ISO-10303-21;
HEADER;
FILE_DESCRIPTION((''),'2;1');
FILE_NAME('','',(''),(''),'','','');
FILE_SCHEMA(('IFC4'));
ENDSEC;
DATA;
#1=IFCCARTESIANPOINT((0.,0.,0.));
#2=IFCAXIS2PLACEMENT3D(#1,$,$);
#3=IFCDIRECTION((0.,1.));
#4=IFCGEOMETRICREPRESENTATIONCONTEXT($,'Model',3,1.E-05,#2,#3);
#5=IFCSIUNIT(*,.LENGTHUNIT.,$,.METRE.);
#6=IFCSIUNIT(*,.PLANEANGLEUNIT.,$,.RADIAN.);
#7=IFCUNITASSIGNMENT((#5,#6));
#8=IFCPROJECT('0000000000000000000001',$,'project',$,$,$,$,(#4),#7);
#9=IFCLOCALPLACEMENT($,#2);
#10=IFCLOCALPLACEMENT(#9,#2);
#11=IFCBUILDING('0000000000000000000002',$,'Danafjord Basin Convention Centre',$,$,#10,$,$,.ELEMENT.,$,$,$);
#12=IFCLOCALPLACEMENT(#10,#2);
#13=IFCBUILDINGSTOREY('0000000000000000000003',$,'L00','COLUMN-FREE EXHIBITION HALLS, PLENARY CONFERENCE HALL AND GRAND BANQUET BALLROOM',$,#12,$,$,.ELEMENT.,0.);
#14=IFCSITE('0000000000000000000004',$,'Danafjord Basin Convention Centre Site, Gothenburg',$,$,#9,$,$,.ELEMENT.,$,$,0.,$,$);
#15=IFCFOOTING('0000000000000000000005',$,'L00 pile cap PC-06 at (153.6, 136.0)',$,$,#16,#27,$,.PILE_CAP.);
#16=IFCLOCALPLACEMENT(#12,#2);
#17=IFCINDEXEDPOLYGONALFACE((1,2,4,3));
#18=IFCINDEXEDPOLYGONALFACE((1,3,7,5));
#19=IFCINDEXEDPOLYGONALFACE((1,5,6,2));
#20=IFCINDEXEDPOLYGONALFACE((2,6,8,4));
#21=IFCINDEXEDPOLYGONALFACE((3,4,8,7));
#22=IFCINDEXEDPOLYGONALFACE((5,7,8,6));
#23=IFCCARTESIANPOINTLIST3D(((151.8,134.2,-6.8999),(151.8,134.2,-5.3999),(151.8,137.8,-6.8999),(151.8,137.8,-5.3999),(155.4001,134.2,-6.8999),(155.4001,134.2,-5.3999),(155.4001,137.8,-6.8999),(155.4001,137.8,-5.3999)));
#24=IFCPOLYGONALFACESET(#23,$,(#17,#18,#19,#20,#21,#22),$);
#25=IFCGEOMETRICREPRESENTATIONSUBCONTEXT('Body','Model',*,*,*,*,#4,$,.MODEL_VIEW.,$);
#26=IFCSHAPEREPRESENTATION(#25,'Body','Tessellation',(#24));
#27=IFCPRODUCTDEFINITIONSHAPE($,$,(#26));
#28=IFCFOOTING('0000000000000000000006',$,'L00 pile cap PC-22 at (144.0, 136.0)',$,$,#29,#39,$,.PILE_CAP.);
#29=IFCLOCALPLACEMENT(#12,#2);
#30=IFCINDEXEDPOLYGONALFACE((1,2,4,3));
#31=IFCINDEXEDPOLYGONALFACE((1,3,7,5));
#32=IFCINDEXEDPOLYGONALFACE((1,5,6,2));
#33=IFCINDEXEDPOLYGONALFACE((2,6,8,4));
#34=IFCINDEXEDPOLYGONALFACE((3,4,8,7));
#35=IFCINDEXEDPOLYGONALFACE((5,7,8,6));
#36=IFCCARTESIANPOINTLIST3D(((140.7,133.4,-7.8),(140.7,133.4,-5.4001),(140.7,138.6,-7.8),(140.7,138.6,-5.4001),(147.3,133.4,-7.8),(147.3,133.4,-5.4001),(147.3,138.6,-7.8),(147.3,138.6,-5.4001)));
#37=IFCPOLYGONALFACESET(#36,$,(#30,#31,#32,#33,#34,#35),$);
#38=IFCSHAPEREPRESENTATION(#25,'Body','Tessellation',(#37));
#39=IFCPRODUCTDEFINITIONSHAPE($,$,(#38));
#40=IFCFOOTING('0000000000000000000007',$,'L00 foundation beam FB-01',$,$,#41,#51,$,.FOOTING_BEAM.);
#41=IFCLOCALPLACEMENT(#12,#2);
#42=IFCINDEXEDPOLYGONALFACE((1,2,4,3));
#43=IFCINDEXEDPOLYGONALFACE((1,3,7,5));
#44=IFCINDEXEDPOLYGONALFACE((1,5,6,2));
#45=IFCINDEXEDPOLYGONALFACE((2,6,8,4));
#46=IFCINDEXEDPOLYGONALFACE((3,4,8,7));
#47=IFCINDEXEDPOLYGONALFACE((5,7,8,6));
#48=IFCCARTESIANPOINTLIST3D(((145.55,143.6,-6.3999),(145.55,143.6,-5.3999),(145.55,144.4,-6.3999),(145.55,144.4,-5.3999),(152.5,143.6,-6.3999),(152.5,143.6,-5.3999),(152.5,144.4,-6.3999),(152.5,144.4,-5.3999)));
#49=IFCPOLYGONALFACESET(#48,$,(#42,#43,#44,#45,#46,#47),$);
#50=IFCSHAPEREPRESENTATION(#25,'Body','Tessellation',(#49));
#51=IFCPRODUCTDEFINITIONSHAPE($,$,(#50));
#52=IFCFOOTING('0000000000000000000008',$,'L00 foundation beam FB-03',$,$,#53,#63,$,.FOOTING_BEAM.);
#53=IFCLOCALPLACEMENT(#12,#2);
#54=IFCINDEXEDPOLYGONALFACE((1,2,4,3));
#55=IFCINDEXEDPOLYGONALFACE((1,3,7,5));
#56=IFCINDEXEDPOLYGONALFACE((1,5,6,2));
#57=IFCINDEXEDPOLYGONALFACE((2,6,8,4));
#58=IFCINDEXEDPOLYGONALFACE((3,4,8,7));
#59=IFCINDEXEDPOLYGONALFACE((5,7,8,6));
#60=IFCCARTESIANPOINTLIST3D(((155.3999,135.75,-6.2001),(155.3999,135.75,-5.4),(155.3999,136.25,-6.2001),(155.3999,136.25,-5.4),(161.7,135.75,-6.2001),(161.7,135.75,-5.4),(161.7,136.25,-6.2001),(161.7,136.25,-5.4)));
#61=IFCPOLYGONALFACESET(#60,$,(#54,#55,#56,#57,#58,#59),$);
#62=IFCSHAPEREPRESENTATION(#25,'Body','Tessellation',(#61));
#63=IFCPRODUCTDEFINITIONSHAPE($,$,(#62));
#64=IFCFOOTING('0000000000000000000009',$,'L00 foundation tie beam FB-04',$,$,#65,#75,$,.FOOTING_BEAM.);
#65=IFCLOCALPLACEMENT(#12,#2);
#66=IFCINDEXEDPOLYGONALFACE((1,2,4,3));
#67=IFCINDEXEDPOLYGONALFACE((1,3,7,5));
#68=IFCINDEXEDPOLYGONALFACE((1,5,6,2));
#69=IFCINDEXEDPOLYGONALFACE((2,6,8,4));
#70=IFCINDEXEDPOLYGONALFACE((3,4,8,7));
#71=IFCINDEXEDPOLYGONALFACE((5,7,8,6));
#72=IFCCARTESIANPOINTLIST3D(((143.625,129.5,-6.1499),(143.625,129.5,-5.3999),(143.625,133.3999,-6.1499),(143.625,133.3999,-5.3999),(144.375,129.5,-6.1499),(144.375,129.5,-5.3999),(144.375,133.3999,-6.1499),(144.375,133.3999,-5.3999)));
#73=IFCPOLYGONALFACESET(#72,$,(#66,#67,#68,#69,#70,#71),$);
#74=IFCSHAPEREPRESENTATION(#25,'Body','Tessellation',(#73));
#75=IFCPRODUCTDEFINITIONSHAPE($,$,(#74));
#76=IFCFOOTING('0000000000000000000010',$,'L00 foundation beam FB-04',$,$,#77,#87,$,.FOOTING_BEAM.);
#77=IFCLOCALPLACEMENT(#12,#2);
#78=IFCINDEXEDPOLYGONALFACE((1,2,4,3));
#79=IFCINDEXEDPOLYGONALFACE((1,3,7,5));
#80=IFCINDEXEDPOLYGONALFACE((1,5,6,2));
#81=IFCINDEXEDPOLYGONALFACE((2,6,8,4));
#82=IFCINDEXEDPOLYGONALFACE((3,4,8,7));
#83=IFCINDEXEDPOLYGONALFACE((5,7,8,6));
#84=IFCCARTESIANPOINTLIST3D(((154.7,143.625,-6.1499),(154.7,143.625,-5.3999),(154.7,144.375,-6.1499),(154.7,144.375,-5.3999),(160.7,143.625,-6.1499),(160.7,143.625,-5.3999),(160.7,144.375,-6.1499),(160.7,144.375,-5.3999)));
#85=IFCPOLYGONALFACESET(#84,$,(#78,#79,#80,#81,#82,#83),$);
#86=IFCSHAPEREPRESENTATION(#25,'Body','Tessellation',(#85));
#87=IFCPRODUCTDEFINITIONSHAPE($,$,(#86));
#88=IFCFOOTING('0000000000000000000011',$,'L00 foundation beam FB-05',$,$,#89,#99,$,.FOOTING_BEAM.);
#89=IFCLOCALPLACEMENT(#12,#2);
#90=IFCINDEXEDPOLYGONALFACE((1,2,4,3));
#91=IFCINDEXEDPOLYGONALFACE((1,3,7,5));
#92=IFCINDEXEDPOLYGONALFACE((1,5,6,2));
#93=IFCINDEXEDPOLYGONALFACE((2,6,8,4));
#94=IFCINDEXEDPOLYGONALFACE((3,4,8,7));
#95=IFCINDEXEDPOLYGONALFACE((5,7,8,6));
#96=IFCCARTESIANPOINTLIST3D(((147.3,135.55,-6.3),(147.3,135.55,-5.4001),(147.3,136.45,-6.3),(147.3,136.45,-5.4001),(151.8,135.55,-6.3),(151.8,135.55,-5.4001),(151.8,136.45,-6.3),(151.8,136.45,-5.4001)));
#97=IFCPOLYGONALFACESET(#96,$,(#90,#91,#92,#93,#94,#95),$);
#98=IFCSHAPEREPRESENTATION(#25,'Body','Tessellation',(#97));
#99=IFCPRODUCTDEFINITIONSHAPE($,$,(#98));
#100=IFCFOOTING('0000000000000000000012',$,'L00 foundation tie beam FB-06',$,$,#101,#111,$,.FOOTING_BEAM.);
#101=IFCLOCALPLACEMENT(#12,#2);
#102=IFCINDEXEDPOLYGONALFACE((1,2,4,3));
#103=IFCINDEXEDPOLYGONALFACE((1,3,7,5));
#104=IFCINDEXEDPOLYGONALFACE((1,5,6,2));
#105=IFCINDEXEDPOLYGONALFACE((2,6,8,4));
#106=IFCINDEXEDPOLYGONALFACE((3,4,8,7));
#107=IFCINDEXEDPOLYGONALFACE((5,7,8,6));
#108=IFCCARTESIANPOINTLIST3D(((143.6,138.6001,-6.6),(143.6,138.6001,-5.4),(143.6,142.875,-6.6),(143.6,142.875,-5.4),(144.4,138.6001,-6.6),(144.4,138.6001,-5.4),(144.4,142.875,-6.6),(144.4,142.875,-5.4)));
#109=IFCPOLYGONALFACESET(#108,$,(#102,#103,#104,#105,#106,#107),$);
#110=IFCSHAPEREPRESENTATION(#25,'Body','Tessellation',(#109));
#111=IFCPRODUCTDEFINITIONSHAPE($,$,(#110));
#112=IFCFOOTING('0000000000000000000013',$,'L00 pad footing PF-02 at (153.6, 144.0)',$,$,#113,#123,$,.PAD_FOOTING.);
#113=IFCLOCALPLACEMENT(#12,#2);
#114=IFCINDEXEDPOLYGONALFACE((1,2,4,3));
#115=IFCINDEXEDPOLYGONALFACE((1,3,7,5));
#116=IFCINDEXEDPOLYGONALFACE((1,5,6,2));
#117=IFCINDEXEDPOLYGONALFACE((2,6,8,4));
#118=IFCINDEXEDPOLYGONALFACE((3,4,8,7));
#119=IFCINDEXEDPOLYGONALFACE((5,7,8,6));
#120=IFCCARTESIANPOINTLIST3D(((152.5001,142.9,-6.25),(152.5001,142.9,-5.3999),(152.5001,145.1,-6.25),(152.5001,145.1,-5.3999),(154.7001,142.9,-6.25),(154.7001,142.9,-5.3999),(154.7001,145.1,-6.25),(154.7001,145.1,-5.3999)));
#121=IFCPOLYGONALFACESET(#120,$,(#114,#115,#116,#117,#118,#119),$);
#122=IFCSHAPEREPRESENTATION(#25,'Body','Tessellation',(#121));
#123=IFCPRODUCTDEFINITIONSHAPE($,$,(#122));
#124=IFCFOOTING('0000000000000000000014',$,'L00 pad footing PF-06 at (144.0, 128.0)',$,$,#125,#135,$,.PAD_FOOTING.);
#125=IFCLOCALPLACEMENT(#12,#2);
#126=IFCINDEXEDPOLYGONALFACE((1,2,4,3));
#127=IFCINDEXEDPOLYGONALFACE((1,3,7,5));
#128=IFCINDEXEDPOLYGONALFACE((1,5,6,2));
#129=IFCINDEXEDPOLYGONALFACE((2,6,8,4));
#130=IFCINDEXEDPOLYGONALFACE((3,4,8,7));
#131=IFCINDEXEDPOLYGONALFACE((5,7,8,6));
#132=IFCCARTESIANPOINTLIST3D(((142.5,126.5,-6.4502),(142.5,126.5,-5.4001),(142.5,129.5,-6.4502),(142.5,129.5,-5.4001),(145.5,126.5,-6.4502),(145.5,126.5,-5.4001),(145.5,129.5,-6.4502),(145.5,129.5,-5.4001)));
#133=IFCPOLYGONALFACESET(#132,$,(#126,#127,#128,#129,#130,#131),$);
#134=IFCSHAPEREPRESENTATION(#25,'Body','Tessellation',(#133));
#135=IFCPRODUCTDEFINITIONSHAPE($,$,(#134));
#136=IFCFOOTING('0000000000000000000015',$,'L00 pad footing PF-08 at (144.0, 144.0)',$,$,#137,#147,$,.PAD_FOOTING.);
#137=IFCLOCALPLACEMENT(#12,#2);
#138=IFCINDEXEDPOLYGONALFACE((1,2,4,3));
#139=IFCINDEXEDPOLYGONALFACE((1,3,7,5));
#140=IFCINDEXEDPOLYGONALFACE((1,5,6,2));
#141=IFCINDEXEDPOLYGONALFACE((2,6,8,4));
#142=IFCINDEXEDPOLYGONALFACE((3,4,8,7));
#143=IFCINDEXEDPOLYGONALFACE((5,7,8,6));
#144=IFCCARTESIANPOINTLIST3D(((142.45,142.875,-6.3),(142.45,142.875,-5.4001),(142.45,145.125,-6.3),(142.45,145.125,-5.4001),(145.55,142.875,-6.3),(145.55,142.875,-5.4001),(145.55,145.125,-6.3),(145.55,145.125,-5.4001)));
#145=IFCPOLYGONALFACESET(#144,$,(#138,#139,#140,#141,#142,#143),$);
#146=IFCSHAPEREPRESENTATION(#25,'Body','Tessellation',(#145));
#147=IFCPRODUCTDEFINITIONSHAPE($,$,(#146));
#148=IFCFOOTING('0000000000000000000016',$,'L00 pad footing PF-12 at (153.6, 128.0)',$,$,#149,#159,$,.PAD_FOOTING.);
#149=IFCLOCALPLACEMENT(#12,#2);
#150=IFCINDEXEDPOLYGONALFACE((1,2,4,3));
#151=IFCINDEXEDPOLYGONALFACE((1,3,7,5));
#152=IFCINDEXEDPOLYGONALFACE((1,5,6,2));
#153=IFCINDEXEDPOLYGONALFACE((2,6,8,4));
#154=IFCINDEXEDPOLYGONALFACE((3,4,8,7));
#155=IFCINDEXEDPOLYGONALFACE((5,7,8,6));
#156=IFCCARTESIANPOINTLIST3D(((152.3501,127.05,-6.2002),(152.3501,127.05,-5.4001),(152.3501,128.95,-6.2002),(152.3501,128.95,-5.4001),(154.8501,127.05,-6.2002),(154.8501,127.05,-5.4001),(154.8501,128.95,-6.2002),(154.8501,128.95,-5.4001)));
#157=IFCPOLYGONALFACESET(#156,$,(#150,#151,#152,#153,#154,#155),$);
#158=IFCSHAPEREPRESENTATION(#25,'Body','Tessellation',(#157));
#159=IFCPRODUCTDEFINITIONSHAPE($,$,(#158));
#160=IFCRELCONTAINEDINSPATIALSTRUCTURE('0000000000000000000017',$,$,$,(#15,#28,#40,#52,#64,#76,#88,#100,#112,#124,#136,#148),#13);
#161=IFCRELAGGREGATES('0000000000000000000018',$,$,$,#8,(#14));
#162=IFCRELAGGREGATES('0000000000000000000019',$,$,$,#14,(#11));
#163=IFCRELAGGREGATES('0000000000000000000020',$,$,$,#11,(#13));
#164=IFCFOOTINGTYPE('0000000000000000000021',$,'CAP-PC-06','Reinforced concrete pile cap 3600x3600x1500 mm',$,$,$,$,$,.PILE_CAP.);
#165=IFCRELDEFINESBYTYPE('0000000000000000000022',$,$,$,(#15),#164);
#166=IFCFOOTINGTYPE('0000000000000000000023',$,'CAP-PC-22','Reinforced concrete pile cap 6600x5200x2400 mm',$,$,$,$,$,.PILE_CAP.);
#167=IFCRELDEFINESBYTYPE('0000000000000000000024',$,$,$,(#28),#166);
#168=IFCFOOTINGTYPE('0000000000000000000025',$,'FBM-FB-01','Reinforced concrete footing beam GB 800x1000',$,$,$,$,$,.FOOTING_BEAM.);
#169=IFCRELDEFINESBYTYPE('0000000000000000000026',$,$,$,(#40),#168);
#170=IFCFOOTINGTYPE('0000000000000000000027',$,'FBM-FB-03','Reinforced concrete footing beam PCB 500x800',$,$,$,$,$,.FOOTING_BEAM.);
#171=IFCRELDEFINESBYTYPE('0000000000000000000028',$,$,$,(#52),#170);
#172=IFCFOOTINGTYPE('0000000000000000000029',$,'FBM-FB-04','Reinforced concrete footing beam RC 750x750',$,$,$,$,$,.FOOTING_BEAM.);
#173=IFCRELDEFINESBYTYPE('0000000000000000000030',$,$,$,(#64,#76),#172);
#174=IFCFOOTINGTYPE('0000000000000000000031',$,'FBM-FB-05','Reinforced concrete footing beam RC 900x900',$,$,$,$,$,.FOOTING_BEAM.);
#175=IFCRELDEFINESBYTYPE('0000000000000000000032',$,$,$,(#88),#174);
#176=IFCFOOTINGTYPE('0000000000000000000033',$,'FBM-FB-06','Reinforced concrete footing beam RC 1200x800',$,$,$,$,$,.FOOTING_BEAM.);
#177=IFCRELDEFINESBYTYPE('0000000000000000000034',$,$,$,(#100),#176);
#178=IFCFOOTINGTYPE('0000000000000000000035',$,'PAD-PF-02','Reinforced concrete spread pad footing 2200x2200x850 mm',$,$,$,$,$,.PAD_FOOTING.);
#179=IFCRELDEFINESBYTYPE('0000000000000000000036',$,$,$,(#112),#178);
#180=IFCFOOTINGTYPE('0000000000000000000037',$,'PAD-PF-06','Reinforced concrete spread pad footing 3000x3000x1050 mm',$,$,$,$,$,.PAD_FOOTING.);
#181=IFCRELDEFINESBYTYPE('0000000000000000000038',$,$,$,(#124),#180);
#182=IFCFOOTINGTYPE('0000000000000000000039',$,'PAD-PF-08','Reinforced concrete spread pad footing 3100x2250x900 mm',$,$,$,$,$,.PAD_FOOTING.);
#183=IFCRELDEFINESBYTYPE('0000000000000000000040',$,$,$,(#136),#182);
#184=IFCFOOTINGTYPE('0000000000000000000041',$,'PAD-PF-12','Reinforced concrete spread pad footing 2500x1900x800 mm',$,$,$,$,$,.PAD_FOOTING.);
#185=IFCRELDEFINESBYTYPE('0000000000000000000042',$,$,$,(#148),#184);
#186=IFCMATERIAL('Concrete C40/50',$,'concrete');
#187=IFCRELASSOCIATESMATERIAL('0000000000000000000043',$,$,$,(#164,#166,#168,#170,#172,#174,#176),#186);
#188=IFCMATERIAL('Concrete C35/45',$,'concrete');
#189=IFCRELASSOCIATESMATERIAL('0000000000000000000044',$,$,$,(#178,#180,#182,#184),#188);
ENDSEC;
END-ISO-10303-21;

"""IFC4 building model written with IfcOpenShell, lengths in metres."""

from ifc_helpers import new_model, si_unit, direction, frame, origin, origin_2d, place, context, subcontext, project, spatial, rectangle, extrude, material, material_profile, profile_set, type_object, element, save


model = new_model("IFC4")

# Units and contexts
model_context = context("Model", 3, precision=1e-05, world=origin(), true_north=direction((0.0, 1.0)))
body_context = subcontext(model_context, "Body", "Model", "MODEL_VIEW")
ifc_project = project(units=[si_unit("LENGTHUNIT", "METRE"), si_unit("PLANEANGLEUNIT", "RADIAN")], contexts=[model_context])

# Site, building, storey
site_placement = place(None, origin())
site = spatial("IfcSite", under=ifc_project, at=site_placement, Name="Danafjord Basin Convention Centre Site, Gothenburg", CompositionType="ELEMENT", RefElevation=0.0)
building_placement = place(site_placement, origin())
building = spatial("IfcBuilding", under=site, at=building_placement, Name="Danafjord Basin Convention Centre", CompositionType="ELEMENT")
storey_placement = place(building_placement, origin())
storey = spatial("IfcBuildingStorey", under=building, at=storey_placement, Name="L00", Description="COLUMN-FREE EXHIBITION HALLS, PLENARY CONFERENCE HALL AND GRAND BANQUET BALLROOM", CompositionType="ELEMENT", Elevation=0.0)

# Footings
ifc_material_1 = material(Name="Concrete C40/50", Category="concrete")
footing_type_1 = type_object("IfcFootingType", Name="CAP-PC-06", Description="Reinforced concrete pile cap 3600x3600x1500 mm", PredefinedType="PILE_CAP", material=ifc_material_1)
footing_1_placement = place(storey_placement, frame((153.6001, 136.0, -6.8999), z_axis=(0.0, 0.0, 1.0), x_axis=(1.0, 0.0, 0.0)))
element("IfcFooting", 1, at=footing_1_placement, inside=storey, type_object=footing_type_1, Name="L00 pile cap PC-06 at (153.6, 136.0)", PredefinedType="PILE_CAP", context=body_context, shape_type="SweptSolid", body=[
    extrude(rectangle(XDim=3.6001, YDim=3.6001, at=origin_2d()), origin(), (0.0, 0.0, 1.0), 1.5),
])
footing_type_2 = type_object("IfcFootingType", Name="CAP-PC-22", Description="Reinforced concrete pile cap 6600x5200x2400 mm", PredefinedType="PILE_CAP", material=ifc_material_1)
footing_2_placement = place(storey_placement, frame((144.0, 136.0, -7.8), z_axis=(0.0, 0.0, 1.0), x_axis=(1.0, 0.0, 0.0)))
element("IfcFooting", 2, at=footing_2_placement, inside=storey, type_object=footing_type_2, Name="L00 pile cap PC-22 at (144.0, 136.0)", PredefinedType="PILE_CAP", context=body_context, shape_type="SweptSolid", body=[
    extrude(rectangle(XDim=6.6001, YDim=5.2, at=origin_2d()), origin(), (0.0, 0.0, 1.0), 2.3999),
])
ifc_material_profile_1 = material_profile(ifc_material_1, rectangle(XDim=0.8, YDim=1.0, at=origin_2d()), Name="GB 800x1000")
ifc_profile_set_1 = profile_set([ifc_material_profile_1], Name="Concrete C40/50")
footing_type_3 = type_object("IfcFootingType", Name="FBM-FB-01", Description="Reinforced concrete footing beam GB 800x1000", PredefinedType="FOOTING_BEAM", material=ifc_profile_set_1)
footing_3_placement = place(storey_placement, frame((145.55, 144.0, -5.8999), z_axis=(1.0, 0.0, 0.0), x_axis=(0.0, 1.0, 0.0)))
element("IfcFooting", 3, at=footing_3_placement, inside=storey, type_object=footing_type_3, Name="L00 foundation beam FB-01", PredefinedType="FOOTING_BEAM", context=body_context, shape_type="SweptSolid", body=[
    extrude(rectangle(XDim=0.8, YDim=1.0, at=origin_2d()), origin(), (0.0, 0.0, 1.0), 6.95),
])
ifc_material_profile_2 = material_profile(ifc_material_1, rectangle(XDim=0.5, YDim=0.8, at=origin_2d()), Name="PCB 500x800")
ifc_profile_set_2 = profile_set([ifc_material_profile_2], Name="Concrete C40/50")
footing_type_4 = type_object("IfcFootingType", Name="FBM-FB-03", Description="Reinforced concrete footing beam PCB 500x800", PredefinedType="FOOTING_BEAM", material=ifc_profile_set_2)
footing_4_placement = place(storey_placement, frame((155.3999, 136.0, -5.8), z_axis=(1.0, 0.0, 0.0), x_axis=(0.0, 1.0, 0.0)))
element("IfcFooting", 4, at=footing_4_placement, inside=storey, type_object=footing_type_4, Name="L00 foundation beam FB-03", PredefinedType="FOOTING_BEAM", context=body_context, shape_type="SweptSolid", body=[
    extrude(rectangle(XDim=0.5, YDim=0.8, at=origin_2d()), origin(), (0.0, 0.0, 1.0), 6.3),
])
ifc_material_profile_3 = material_profile(ifc_material_1, rectangle(XDim=0.75, YDim=0.75, at=origin_2d()), Name="RC 750x750")
ifc_profile_set_3 = profile_set([ifc_material_profile_3], Name="Concrete C40/50")
footing_type_5 = type_object("IfcFootingType", Name="FBM-FB-04", Description="Reinforced concrete footing beam RC 750x750", PredefinedType="FOOTING_BEAM", material=ifc_profile_set_3)
footing_5_placement = place(storey_placement, frame((144.0, 129.5, -5.7749), z_axis=(0.0, 1.0, 0.0), x_axis=(-1.0, 0.0, 0.0)))
element("IfcFooting", 5, at=footing_5_placement, inside=storey, type_object=footing_type_5, Name="L00 foundation tie beam FB-04", PredefinedType="FOOTING_BEAM", context=body_context, shape_type="SweptSolid", body=[
    extrude(rectangle(XDim=0.75, YDim=0.75, at=origin_2d()), origin(), (0.0, 0.0, 1.0), 3.8999),
])
footing_6_placement = place(storey_placement, frame((154.7, 144.0, -5.7749), z_axis=(1.0, 0.0, 0.0), x_axis=(0.0, 1.0, 0.0)))
element("IfcFooting", 6, at=footing_6_placement, inside=storey, type_object=footing_type_5, Name="L00 foundation beam FB-04", PredefinedType="FOOTING_BEAM", context=body_context, shape_type="SweptSolid", body=[
    extrude(rectangle(XDim=0.75, YDim=0.75, at=origin_2d()), origin(), (0.0, 0.0, 1.0), 6.0),
])
ifc_material_profile_4 = material_profile(ifc_material_1, rectangle(XDim=0.8999, YDim=0.8999, at=origin_2d()), Name="RC 900x900")
ifc_profile_set_4 = profile_set([ifc_material_profile_4], Name="Concrete C40/50")
footing_type_6 = type_object("IfcFootingType", Name="FBM-FB-05", Description="Reinforced concrete footing beam RC 900x900", PredefinedType="FOOTING_BEAM", material=ifc_profile_set_4)
footing_7_placement = place(storey_placement, frame((147.3, 136.0, -5.8501), z_axis=(1.0, 0.0, 0.0), x_axis=(0.0, 1.0, 0.0)))
element("IfcFooting", 7, at=footing_7_placement, inside=storey, type_object=footing_type_6, Name="L00 foundation beam FB-05", PredefinedType="FOOTING_BEAM", context=body_context, shape_type="SweptSolid", body=[
    extrude(rectangle(XDim=0.8999, YDim=0.8999, at=origin_2d()), origin(), (0.0, 0.0, 1.0), 4.5),
])
ifc_material_profile_5 = material_profile(ifc_material_1, rectangle(XDim=0.8, YDim=1.2, at=origin_2d()), Name="RC 1200x800")
ifc_profile_set_5 = profile_set([ifc_material_profile_5], Name="Concrete C40/50")
footing_type_7 = type_object("IfcFootingType", Name="FBM-FB-06", Description="Reinforced concrete footing beam RC 1200x800", PredefinedType="FOOTING_BEAM", material=ifc_profile_set_5)
footing_8_placement = place(storey_placement, frame((144.0, 138.6001, -6.0), z_axis=(0.0, 1.0, 0.0), x_axis=(-1.0, 0.0, 0.0)))
element("IfcFooting", 8, at=footing_8_placement, inside=storey, type_object=footing_type_7, Name="L00 foundation tie beam FB-06", PredefinedType="FOOTING_BEAM", context=body_context, shape_type="SweptSolid", body=[
    extrude(rectangle(XDim=0.8, YDim=1.2, at=origin_2d()), origin(), (0.0, 0.0, 1.0), 4.2749),
])
ifc_material_2 = material(Name="Concrete C35/45", Category="concrete")
footing_type_8 = type_object("IfcFootingType", Name="PAD-PF-02", Description="Reinforced concrete spread pad footing 2200x2200x850 mm", PredefinedType="PAD_FOOTING", material=ifc_material_2)
footing_9_placement = place(storey_placement, frame((153.6001, 144.0, -6.25), z_axis=(0.0, 0.0, 1.0), x_axis=(1.0, 0.0, 0.0)))
element("IfcFooting", 9, at=footing_9_placement, inside=storey, type_object=footing_type_8, Name="L00 pad footing PF-02 at (153.6, 144.0)", PredefinedType="PAD_FOOTING", context=body_context, shape_type="SweptSolid", body=[
    extrude(rectangle(XDim=2.2, YDim=2.2, at=origin_2d()), origin(), (0.0, 0.0, 1.0), 0.8501),
])
footing_type_9 = type_object("IfcFootingType", Name="PAD-PF-06", Description="Reinforced concrete spread pad footing 3000x3000x1050 mm", PredefinedType="PAD_FOOTING", material=ifc_material_2)
footing_10_placement = place(storey_placement, frame((144.0, 128.0, -6.4502), z_axis=(0.0, 0.0, 1.0), x_axis=(1.0, 0.0, 0.0)))
element("IfcFooting", 10, at=footing_10_placement, inside=storey, type_object=footing_type_9, Name="L00 pad footing PF-06 at (144.0, 128.0)", PredefinedType="PAD_FOOTING", context=body_context, shape_type="SweptSolid", body=[
    extrude(rectangle(XDim=3.0, YDim=3.0, at=origin_2d()), origin(), (0.0, 0.0, 1.0), 1.05),
])
footing_type_10 = type_object("IfcFootingType", Name="PAD-PF-08", Description="Reinforced concrete spread pad footing 3100x2250x900 mm", PredefinedType="PAD_FOOTING", material=ifc_material_2)
footing_11_placement = place(storey_placement, frame((144.0, 144.0, -6.3), z_axis=(0.0, 0.0, 1.0), x_axis=(1.0, 0.0, 0.0)))
element("IfcFooting", 11, at=footing_11_placement, inside=storey, type_object=footing_type_10, Name="L00 pad footing PF-08 at (144.0, 144.0)", PredefinedType="PAD_FOOTING", context=body_context, shape_type="SweptSolid", body=[
    extrude(rectangle(XDim=3.1001, YDim=2.25, at=origin_2d()), origin(), (0.0, 0.0, 1.0), 0.8999),
])
footing_type_11 = type_object("IfcFootingType", Name="PAD-PF-12", Description="Reinforced concrete spread pad footing 2500x1900x800 mm", PredefinedType="PAD_FOOTING", material=ifc_material_2)
footing_12_placement = place(storey_placement, frame((153.6001, 128.0, -6.2002), z_axis=(0.0, 0.0, 1.0), x_axis=(1.0, 0.0, 0.0)))
element("IfcFooting", 12, at=footing_12_placement, inside=storey, type_object=footing_type_11, Name="L00 pad footing PF-12 at (153.6, 128.0)", PredefinedType="PAD_FOOTING", context=body_context, shape_type="SweptSolid", body=[
    extrude(rectangle(XDim=2.5, YDim=1.8999, at=origin_2d()), origin(), (0.0, 0.0, 1.0), 0.8),
])

save(model, "model.ifc")
